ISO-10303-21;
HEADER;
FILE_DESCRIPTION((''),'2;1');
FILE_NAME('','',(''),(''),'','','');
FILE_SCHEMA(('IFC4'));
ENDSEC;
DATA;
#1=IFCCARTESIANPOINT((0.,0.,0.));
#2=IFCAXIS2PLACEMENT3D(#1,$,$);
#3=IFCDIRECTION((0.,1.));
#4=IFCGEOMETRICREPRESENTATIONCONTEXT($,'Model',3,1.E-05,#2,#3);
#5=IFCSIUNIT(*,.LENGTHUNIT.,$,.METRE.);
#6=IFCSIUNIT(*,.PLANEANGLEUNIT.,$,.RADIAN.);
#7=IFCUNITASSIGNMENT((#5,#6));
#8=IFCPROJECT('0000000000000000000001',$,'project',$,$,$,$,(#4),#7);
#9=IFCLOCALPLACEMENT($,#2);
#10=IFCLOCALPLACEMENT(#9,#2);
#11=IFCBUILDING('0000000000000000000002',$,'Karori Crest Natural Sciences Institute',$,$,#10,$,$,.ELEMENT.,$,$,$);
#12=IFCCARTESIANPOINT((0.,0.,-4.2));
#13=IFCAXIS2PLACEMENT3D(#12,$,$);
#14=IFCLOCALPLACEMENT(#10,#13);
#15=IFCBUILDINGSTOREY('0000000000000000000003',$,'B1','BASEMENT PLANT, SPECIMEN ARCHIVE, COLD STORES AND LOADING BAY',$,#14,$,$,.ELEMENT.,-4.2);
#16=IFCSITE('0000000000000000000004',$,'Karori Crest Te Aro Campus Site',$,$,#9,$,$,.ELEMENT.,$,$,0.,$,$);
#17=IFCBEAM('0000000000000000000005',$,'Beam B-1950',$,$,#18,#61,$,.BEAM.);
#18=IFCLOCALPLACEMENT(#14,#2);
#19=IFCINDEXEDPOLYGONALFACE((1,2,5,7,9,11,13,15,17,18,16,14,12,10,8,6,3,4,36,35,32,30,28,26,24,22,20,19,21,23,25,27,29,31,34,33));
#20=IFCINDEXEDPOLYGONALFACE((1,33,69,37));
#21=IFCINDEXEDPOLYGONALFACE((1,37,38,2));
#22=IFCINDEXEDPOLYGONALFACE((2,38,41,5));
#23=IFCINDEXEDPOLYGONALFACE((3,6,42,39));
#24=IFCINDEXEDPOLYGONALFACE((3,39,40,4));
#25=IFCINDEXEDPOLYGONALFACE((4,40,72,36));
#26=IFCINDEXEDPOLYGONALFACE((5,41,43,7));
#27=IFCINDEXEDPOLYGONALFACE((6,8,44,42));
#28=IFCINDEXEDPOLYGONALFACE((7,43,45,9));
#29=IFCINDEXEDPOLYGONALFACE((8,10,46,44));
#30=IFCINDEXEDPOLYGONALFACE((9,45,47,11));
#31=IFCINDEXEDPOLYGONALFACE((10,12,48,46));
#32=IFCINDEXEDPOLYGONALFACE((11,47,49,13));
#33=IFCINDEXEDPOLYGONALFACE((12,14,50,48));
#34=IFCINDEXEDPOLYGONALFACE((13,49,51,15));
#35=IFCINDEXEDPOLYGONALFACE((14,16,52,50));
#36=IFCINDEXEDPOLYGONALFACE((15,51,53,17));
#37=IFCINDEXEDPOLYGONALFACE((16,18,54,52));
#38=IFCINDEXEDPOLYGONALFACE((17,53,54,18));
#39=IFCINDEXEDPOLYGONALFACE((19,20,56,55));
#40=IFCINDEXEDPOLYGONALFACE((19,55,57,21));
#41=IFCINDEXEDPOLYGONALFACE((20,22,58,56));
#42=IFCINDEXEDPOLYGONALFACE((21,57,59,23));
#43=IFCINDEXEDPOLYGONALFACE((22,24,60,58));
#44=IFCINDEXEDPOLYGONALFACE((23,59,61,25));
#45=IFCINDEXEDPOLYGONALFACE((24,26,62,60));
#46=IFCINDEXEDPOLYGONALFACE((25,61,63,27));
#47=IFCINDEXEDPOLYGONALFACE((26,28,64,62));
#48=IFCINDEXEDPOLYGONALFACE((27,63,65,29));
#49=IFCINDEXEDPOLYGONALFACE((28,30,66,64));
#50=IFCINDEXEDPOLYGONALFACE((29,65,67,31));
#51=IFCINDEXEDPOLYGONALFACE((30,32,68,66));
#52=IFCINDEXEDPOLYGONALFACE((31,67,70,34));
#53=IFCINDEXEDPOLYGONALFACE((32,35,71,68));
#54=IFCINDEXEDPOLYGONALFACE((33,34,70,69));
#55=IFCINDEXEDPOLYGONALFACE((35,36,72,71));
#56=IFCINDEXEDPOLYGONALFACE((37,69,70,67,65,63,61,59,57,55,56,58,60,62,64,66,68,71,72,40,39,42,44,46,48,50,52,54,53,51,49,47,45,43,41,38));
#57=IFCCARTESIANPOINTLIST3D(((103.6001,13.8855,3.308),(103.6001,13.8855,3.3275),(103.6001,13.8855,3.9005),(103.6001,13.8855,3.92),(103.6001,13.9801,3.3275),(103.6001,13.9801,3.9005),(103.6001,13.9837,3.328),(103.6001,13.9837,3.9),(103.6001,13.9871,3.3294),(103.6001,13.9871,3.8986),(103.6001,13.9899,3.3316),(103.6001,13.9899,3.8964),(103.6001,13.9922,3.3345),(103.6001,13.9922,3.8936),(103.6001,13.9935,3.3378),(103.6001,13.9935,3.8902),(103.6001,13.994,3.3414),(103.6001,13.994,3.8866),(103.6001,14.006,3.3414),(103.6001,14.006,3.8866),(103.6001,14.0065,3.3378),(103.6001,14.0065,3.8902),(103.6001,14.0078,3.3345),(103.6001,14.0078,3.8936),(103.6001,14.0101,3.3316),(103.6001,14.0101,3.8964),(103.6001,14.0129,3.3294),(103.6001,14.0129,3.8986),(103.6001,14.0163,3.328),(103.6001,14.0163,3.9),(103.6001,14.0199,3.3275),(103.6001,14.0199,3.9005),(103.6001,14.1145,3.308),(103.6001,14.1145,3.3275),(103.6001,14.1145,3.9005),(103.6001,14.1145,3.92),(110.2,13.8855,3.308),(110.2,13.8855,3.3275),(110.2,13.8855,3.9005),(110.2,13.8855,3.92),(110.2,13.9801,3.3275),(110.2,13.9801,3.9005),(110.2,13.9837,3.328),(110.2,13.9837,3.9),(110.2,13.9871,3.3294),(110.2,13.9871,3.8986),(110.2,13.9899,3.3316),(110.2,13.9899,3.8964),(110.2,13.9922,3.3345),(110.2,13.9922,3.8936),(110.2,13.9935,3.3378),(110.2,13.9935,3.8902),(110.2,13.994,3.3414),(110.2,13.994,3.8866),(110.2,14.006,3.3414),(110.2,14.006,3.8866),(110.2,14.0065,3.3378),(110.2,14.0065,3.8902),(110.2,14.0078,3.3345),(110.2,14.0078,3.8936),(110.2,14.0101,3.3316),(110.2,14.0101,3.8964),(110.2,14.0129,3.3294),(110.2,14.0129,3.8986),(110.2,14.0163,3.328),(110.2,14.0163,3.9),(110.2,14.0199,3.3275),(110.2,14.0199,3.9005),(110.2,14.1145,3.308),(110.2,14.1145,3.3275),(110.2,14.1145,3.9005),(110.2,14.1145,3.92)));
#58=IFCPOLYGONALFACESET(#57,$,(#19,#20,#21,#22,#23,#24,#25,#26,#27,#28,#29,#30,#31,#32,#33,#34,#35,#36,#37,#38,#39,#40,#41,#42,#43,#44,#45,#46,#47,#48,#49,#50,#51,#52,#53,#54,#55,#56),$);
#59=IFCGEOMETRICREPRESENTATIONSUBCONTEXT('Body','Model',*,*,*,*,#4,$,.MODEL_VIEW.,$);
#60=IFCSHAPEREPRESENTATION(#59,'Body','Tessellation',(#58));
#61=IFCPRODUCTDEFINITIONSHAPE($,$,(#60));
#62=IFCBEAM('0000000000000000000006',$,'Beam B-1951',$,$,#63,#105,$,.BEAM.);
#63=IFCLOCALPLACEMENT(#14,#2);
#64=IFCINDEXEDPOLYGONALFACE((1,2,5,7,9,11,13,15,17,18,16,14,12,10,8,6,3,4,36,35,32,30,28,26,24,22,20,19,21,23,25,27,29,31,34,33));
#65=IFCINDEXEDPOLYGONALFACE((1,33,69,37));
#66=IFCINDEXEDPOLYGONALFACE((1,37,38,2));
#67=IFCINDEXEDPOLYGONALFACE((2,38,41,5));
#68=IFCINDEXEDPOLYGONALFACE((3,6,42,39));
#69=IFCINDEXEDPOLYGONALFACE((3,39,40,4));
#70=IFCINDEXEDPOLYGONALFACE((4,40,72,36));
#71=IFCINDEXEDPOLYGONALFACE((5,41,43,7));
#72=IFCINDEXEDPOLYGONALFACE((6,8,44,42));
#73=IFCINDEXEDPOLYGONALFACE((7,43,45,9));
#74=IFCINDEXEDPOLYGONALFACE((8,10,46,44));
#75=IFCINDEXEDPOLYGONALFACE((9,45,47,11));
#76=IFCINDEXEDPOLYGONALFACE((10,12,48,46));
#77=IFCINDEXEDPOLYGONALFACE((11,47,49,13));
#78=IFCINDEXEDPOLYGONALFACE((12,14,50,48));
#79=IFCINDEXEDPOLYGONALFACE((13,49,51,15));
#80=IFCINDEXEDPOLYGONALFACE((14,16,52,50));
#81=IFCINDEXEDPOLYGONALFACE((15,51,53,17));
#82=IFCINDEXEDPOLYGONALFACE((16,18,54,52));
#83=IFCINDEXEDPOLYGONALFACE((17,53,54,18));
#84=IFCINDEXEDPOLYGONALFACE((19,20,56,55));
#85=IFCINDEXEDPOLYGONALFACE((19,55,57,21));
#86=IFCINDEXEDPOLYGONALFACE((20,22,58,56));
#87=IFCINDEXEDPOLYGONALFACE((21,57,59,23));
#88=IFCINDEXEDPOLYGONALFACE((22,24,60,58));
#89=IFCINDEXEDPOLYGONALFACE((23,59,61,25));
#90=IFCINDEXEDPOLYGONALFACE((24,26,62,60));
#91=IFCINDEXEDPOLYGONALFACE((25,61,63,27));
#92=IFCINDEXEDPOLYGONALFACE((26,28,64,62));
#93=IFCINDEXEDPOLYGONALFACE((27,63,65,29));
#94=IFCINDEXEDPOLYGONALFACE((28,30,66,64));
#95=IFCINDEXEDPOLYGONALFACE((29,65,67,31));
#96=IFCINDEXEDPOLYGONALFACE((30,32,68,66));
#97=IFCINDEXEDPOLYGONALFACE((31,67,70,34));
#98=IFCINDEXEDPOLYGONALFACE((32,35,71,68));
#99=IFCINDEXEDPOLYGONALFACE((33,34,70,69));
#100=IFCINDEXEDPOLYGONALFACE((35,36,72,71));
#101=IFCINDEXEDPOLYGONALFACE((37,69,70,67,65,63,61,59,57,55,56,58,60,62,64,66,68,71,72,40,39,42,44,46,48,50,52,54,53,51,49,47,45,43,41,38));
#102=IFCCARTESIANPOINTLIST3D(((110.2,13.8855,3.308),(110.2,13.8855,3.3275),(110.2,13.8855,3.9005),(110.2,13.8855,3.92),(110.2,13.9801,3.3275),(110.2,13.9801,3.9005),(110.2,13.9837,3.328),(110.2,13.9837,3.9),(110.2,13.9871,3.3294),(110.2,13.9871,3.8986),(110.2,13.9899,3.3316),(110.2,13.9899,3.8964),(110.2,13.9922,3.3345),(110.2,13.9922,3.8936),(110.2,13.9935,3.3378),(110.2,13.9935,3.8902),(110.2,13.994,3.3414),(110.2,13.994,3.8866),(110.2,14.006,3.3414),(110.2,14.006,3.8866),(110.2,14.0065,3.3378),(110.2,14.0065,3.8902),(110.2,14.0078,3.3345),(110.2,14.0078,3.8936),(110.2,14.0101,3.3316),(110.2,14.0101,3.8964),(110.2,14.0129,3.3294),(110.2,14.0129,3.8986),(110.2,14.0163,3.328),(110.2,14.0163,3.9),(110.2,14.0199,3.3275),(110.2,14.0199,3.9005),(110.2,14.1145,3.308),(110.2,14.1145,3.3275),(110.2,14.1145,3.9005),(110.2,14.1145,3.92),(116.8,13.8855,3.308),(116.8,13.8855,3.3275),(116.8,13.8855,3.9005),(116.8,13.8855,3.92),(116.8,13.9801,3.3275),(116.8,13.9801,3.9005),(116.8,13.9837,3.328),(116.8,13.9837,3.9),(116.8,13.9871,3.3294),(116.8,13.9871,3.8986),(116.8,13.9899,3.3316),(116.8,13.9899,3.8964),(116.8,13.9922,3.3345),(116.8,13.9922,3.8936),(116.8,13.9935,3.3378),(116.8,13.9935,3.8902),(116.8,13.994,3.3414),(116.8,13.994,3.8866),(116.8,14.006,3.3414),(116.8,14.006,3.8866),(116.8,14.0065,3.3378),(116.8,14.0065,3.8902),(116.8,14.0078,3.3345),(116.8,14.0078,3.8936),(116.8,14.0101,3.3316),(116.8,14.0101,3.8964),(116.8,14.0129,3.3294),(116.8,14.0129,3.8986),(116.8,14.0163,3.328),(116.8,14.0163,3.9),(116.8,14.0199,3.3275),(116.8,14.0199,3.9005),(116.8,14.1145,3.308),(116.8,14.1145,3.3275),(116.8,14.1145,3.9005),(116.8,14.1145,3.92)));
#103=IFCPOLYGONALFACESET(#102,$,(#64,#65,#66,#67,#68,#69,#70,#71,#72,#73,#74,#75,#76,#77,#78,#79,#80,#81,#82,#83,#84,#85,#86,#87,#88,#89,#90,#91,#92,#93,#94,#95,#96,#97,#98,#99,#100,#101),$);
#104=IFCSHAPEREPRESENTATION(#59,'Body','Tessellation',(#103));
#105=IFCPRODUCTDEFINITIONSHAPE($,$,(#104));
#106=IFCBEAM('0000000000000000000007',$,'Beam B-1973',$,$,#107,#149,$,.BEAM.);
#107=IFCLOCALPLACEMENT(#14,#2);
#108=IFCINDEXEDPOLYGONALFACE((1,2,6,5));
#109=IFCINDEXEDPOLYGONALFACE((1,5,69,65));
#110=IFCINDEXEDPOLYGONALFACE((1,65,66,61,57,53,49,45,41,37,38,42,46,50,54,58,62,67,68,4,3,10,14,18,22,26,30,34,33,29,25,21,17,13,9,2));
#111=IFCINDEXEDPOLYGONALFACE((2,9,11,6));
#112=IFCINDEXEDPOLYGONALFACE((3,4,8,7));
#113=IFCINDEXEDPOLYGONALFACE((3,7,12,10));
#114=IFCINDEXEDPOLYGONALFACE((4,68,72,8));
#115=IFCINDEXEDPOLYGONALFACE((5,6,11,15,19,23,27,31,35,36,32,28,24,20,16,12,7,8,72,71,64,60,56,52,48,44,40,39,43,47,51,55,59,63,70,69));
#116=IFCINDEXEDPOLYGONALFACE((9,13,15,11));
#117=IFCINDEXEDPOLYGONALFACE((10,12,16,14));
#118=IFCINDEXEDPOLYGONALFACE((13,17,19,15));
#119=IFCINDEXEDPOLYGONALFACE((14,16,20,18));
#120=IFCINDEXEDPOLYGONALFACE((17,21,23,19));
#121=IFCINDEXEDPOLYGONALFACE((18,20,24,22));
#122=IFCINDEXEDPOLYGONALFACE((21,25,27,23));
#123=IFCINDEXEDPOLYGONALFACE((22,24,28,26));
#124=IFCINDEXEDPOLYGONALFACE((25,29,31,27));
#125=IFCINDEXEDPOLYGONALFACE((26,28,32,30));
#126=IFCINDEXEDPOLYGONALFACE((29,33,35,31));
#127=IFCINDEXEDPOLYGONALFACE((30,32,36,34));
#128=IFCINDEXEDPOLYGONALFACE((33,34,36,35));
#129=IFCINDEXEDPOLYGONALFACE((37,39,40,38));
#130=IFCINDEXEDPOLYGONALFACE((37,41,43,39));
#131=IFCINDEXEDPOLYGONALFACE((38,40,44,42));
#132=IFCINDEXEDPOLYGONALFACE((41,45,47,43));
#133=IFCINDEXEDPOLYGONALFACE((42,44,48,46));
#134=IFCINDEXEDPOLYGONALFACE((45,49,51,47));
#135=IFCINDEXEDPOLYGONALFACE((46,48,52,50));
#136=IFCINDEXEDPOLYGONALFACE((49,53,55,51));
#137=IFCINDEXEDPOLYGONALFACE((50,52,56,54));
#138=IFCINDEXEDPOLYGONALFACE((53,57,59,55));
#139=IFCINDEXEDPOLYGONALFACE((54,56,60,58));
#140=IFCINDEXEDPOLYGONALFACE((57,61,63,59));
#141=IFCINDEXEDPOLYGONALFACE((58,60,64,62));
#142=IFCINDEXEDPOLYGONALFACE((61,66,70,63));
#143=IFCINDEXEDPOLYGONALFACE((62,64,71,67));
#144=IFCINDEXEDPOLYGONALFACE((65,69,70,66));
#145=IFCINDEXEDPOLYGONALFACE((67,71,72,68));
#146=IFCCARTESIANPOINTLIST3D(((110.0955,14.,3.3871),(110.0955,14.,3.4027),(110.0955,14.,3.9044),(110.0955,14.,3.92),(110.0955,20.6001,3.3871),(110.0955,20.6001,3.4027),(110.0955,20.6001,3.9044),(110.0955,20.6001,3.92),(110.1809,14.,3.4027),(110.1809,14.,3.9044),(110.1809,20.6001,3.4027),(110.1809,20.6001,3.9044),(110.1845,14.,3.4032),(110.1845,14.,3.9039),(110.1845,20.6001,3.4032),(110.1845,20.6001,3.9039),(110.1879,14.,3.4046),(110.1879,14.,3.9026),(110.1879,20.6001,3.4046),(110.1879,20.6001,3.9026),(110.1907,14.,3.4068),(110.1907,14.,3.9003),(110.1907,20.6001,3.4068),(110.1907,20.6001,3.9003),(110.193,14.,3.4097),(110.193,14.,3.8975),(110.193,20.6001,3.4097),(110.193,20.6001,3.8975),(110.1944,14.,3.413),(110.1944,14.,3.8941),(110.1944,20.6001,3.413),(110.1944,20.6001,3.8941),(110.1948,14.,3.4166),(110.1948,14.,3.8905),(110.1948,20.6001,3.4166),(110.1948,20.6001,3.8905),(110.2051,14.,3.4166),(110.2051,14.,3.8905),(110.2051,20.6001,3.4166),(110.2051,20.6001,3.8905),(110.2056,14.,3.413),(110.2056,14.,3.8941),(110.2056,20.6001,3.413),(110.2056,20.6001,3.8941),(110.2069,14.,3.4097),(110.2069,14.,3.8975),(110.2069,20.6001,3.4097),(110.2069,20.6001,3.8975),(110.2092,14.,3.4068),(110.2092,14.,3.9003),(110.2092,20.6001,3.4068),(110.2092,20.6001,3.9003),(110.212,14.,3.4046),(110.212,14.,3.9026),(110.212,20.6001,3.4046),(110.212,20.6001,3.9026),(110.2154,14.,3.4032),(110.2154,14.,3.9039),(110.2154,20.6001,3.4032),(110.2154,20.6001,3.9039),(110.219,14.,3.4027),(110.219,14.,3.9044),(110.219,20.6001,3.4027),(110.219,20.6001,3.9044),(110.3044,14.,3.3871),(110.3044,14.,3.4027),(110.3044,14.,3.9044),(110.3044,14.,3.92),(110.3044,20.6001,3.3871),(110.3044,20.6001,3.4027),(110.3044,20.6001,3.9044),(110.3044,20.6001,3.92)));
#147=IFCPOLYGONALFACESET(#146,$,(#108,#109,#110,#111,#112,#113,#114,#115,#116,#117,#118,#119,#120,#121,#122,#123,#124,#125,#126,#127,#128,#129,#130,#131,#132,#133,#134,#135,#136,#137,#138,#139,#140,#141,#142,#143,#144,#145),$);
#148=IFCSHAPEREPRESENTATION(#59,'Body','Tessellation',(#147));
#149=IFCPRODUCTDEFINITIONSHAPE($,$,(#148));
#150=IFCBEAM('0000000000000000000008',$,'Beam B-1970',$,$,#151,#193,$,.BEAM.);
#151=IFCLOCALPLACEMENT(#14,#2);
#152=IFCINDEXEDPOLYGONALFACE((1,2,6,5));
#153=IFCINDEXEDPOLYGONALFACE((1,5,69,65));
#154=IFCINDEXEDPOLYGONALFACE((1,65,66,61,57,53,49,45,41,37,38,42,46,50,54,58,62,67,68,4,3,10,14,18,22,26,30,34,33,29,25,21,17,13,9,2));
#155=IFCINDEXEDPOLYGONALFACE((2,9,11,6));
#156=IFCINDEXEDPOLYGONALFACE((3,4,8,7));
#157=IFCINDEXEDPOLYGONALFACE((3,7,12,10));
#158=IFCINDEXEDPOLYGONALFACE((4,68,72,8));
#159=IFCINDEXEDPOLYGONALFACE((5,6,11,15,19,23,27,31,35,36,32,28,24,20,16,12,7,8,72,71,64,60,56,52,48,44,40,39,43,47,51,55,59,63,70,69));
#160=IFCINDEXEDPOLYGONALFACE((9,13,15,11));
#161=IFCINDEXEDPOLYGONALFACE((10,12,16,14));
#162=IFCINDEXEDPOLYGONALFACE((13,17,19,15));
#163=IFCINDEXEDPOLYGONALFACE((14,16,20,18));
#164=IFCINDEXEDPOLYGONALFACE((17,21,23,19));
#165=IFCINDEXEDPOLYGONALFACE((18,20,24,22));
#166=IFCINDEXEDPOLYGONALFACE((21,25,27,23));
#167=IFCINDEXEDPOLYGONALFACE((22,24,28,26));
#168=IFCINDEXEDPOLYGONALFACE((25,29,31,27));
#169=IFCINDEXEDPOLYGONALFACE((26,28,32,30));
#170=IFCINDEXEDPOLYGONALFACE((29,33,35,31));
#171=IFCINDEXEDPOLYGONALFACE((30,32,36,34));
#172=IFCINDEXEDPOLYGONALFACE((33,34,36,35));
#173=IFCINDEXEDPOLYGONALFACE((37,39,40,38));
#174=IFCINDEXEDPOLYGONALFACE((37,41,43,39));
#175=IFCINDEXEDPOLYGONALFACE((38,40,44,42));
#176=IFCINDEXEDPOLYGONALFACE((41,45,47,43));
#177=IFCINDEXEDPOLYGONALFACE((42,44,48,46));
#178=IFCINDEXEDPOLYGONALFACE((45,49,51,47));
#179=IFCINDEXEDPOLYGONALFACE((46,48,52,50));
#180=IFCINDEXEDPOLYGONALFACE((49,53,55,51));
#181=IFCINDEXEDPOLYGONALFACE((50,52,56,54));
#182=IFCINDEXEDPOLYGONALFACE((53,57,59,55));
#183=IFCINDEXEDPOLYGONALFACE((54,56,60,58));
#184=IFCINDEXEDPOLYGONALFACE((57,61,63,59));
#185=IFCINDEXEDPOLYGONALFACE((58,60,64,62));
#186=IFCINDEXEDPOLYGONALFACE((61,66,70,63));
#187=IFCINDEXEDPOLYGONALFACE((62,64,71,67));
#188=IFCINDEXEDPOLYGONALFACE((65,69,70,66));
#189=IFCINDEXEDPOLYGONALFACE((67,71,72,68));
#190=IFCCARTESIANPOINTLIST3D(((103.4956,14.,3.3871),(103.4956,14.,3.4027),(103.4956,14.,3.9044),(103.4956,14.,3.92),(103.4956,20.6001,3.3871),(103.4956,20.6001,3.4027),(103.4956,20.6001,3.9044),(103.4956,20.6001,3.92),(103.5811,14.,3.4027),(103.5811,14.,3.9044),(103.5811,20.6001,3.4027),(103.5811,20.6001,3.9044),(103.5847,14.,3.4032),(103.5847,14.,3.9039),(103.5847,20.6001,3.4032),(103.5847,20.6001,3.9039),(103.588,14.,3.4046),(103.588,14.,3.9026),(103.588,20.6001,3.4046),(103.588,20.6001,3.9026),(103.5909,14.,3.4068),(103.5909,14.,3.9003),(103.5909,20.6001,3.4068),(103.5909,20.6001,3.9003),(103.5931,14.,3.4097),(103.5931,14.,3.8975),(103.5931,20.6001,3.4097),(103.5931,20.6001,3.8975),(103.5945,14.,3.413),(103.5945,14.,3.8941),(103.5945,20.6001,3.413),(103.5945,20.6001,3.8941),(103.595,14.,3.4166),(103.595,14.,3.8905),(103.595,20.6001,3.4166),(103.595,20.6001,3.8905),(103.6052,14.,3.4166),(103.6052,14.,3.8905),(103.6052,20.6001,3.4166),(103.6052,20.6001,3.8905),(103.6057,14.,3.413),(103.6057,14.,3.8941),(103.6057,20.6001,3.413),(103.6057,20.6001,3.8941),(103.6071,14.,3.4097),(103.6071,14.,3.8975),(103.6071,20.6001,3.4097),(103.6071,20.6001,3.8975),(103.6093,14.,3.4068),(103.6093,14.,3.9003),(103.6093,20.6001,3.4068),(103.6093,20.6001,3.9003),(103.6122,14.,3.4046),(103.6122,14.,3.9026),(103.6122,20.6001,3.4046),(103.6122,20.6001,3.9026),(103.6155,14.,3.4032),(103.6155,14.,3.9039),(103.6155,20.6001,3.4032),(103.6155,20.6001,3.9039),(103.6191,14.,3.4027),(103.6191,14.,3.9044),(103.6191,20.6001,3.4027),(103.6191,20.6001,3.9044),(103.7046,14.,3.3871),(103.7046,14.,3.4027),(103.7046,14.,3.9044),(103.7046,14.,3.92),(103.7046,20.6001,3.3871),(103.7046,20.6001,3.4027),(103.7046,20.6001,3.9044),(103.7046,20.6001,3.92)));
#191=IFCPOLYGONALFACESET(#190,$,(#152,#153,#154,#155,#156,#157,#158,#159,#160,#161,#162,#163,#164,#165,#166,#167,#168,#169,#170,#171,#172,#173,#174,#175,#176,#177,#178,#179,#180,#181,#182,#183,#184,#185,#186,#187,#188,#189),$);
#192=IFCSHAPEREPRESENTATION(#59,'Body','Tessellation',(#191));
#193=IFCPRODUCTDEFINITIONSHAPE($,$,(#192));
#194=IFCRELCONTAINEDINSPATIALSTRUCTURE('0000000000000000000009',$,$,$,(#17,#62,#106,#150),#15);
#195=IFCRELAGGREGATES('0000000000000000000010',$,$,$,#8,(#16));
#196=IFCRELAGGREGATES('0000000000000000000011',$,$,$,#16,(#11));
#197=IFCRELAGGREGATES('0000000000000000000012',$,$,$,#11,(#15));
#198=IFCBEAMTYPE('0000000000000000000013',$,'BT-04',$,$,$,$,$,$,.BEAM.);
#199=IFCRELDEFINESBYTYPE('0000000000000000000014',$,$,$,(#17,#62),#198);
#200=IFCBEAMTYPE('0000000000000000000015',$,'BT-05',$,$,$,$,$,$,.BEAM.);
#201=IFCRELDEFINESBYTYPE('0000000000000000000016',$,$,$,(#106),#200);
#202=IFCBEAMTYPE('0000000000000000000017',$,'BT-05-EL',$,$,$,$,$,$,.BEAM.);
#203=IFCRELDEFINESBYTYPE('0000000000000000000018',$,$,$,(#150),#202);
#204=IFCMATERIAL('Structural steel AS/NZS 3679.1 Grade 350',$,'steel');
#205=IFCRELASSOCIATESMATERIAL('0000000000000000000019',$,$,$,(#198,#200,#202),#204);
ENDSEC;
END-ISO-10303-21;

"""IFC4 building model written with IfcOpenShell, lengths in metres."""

from ifc_helpers import new_model, si_unit, direction, frame, origin, origin_2d, place, context, subcontext, project, spatial, i_section, extrude, material, material_profile, profile_set, type_object, element, save


model = new_model("IFC4")

# Units and contexts
model_context = context("Model", 3, precision=1e-05, world=origin(), true_north=direction((0.0, 1.0)))
body_context = subcontext(model_context, "Body", "Model", "MODEL_VIEW")
ifc_project = project(units=[si_unit("LENGTHUNIT", "METRE"), si_unit("PLANEANGLEUNIT", "RADIAN")], contexts=[model_context])

# Site, building, storey
site_placement = place(None, origin())
site = spatial("IfcSite", under=ifc_project, at=site_placement, Name="Karori Crest Te Aro Campus Site", CompositionType="ELEMENT", RefElevation=0.0)
building_placement = place(site_placement, origin())
building = spatial("IfcBuilding", under=site, at=building_placement, Name="Karori Crest Natural Sciences Institute", CompositionType="ELEMENT")
storey_placement = place(building_placement, frame((0.0, 0.0, -4.2)))
storey = spatial("IfcBuildingStorey", under=building, at=storey_placement, Name="B1", Description="BASEMENT PLANT, SPECIMEN ARCHIVE, COLD STORES AND LOADING BAY", CompositionType="ELEMENT", Elevation=-4.2)

# Shared definitions
ifc_material_1 = material(Name="Structural steel AS/NZS 3679.1 Grade 350", Category="steel")

# Beams
ifc_material_profile_1 = material_profile(ifc_material_1, i_section(OverallWidth=0.229, OverallDepth=0.6121, WebThickness=0.012, FlangeThickness=0.0195, FilletRadius=0.0139, at=origin_2d()), Name="610UB125")
ifc_profile_set_1 = profile_set([ifc_material_profile_1], Name="Structural steel AS/NZS 3679.1 Grade 350")
beam_type_1 = type_object("IfcBeamType", Name="BT-04", PredefinedType="BEAM", material=ifc_profile_set_1)
beam_1_placement = place(storey_placement, frame((103.6001, 14.0, 3.614), z_axis=(1.0, 0.0, 0.0), x_axis=(0.0, 1.0, 0.0)))
element("IfcBeam", 1, at=beam_1_placement, inside=storey, type_object=beam_type_1, Name="Beam B-1950", PredefinedType="BEAM", context=body_context, shape_type="SweptSolid", body=[
    extrude(i_section(OverallWidth=0.229, OverallDepth=0.6121, WebThickness=0.012, FlangeThickness=0.0195, FilletRadius=0.0139, at=origin_2d()), origin(), (0.0, 0.0, 1.0), 6.5999),
])
beam_2_placement = place(storey_placement, frame((110.2, 14.0, 3.614), z_axis=(1.0, 0.0, 0.0), x_axis=(0.0, 1.0, 0.0)))
element("IfcBeam", 2, at=beam_2_placement, inside=storey, type_object=beam_type_1, Name="Beam B-1951", PredefinedType="BEAM", context=body_context, shape_type="SweptSolid", body=[
    extrude(i_section(OverallWidth=0.229, OverallDepth=0.6121, WebThickness=0.012, FlangeThickness=0.0195, FilletRadius=0.0139, at=origin_2d()), origin(), (0.0, 0.0, 1.0), 6.6001),
])
ifc_material_profile_2 = material_profile(ifc_material_1, i_section(OverallWidth=0.209, OverallDepth=0.533, WebThickness=0.0103, FlangeThickness=0.0156, FilletRadius=0.0139, at=origin_2d()), Name="530UB92.4")
ifc_profile_set_2 = profile_set([ifc_material_profile_2], Name="Structural steel AS/NZS 3679.1 Grade 350")
beam_type_2 = type_object("IfcBeamType", Name="BT-05", PredefinedType="BEAM", material=ifc_profile_set_2)
beam_3_placement = place(storey_placement, frame((110.2, 14.0, 3.6536), z_axis=(0.0, 1.0, 0.0), x_axis=(-1.0, 0.0, 0.0)))
element("IfcBeam", 3, at=beam_3_placement, inside=storey, type_object=beam_type_2, Name="Beam B-1973", PredefinedType="BEAM", context=body_context, shape_type="SweptSolid", body=[
    extrude(i_section(OverallWidth=0.209, OverallDepth=0.533, WebThickness=0.0103, FlangeThickness=0.0156, FilletRadius=0.0139, at=origin_2d()), origin(), (0.0, 0.0, 1.0), 6.6001),
])
ifc_material_profile_3 = material_profile(ifc_material_1, i_section(OverallWidth=0.209, OverallDepth=0.533, WebThickness=0.0103, FlangeThickness=0.0156, FilletRadius=0.0139, at=origin_2d()), Name="530UB92.4")
ifc_profile_set_3 = profile_set([ifc_material_profile_3], Name="Structural steel AS/NZS 3679.1 Grade 350")
beam_type_3 = type_object("IfcBeamType", Name="BT-05-EL", PredefinedType="BEAM", material=ifc_profile_set_3)
beam_4_placement = place(storey_placement, frame((103.6001, 14.0, 3.6536), z_axis=(0.0, 1.0, 0.0), x_axis=(-1.0, 0.0, 0.0)))
element("IfcBeam", 4, at=beam_4_placement, inside=storey, type_object=beam_type_3, Name="Beam B-1970", PredefinedType="BEAM", context=body_context, shape_type="SweptSolid", body=[
    extrude(i_section(OverallWidth=0.209, OverallDepth=0.533, WebThickness=0.0103, FlangeThickness=0.0156, FilletRadius=0.0139, at=origin_2d()), origin(), (0.0, 0.0, 1.0), 6.6001),
])

save(model, "model.ifc")
